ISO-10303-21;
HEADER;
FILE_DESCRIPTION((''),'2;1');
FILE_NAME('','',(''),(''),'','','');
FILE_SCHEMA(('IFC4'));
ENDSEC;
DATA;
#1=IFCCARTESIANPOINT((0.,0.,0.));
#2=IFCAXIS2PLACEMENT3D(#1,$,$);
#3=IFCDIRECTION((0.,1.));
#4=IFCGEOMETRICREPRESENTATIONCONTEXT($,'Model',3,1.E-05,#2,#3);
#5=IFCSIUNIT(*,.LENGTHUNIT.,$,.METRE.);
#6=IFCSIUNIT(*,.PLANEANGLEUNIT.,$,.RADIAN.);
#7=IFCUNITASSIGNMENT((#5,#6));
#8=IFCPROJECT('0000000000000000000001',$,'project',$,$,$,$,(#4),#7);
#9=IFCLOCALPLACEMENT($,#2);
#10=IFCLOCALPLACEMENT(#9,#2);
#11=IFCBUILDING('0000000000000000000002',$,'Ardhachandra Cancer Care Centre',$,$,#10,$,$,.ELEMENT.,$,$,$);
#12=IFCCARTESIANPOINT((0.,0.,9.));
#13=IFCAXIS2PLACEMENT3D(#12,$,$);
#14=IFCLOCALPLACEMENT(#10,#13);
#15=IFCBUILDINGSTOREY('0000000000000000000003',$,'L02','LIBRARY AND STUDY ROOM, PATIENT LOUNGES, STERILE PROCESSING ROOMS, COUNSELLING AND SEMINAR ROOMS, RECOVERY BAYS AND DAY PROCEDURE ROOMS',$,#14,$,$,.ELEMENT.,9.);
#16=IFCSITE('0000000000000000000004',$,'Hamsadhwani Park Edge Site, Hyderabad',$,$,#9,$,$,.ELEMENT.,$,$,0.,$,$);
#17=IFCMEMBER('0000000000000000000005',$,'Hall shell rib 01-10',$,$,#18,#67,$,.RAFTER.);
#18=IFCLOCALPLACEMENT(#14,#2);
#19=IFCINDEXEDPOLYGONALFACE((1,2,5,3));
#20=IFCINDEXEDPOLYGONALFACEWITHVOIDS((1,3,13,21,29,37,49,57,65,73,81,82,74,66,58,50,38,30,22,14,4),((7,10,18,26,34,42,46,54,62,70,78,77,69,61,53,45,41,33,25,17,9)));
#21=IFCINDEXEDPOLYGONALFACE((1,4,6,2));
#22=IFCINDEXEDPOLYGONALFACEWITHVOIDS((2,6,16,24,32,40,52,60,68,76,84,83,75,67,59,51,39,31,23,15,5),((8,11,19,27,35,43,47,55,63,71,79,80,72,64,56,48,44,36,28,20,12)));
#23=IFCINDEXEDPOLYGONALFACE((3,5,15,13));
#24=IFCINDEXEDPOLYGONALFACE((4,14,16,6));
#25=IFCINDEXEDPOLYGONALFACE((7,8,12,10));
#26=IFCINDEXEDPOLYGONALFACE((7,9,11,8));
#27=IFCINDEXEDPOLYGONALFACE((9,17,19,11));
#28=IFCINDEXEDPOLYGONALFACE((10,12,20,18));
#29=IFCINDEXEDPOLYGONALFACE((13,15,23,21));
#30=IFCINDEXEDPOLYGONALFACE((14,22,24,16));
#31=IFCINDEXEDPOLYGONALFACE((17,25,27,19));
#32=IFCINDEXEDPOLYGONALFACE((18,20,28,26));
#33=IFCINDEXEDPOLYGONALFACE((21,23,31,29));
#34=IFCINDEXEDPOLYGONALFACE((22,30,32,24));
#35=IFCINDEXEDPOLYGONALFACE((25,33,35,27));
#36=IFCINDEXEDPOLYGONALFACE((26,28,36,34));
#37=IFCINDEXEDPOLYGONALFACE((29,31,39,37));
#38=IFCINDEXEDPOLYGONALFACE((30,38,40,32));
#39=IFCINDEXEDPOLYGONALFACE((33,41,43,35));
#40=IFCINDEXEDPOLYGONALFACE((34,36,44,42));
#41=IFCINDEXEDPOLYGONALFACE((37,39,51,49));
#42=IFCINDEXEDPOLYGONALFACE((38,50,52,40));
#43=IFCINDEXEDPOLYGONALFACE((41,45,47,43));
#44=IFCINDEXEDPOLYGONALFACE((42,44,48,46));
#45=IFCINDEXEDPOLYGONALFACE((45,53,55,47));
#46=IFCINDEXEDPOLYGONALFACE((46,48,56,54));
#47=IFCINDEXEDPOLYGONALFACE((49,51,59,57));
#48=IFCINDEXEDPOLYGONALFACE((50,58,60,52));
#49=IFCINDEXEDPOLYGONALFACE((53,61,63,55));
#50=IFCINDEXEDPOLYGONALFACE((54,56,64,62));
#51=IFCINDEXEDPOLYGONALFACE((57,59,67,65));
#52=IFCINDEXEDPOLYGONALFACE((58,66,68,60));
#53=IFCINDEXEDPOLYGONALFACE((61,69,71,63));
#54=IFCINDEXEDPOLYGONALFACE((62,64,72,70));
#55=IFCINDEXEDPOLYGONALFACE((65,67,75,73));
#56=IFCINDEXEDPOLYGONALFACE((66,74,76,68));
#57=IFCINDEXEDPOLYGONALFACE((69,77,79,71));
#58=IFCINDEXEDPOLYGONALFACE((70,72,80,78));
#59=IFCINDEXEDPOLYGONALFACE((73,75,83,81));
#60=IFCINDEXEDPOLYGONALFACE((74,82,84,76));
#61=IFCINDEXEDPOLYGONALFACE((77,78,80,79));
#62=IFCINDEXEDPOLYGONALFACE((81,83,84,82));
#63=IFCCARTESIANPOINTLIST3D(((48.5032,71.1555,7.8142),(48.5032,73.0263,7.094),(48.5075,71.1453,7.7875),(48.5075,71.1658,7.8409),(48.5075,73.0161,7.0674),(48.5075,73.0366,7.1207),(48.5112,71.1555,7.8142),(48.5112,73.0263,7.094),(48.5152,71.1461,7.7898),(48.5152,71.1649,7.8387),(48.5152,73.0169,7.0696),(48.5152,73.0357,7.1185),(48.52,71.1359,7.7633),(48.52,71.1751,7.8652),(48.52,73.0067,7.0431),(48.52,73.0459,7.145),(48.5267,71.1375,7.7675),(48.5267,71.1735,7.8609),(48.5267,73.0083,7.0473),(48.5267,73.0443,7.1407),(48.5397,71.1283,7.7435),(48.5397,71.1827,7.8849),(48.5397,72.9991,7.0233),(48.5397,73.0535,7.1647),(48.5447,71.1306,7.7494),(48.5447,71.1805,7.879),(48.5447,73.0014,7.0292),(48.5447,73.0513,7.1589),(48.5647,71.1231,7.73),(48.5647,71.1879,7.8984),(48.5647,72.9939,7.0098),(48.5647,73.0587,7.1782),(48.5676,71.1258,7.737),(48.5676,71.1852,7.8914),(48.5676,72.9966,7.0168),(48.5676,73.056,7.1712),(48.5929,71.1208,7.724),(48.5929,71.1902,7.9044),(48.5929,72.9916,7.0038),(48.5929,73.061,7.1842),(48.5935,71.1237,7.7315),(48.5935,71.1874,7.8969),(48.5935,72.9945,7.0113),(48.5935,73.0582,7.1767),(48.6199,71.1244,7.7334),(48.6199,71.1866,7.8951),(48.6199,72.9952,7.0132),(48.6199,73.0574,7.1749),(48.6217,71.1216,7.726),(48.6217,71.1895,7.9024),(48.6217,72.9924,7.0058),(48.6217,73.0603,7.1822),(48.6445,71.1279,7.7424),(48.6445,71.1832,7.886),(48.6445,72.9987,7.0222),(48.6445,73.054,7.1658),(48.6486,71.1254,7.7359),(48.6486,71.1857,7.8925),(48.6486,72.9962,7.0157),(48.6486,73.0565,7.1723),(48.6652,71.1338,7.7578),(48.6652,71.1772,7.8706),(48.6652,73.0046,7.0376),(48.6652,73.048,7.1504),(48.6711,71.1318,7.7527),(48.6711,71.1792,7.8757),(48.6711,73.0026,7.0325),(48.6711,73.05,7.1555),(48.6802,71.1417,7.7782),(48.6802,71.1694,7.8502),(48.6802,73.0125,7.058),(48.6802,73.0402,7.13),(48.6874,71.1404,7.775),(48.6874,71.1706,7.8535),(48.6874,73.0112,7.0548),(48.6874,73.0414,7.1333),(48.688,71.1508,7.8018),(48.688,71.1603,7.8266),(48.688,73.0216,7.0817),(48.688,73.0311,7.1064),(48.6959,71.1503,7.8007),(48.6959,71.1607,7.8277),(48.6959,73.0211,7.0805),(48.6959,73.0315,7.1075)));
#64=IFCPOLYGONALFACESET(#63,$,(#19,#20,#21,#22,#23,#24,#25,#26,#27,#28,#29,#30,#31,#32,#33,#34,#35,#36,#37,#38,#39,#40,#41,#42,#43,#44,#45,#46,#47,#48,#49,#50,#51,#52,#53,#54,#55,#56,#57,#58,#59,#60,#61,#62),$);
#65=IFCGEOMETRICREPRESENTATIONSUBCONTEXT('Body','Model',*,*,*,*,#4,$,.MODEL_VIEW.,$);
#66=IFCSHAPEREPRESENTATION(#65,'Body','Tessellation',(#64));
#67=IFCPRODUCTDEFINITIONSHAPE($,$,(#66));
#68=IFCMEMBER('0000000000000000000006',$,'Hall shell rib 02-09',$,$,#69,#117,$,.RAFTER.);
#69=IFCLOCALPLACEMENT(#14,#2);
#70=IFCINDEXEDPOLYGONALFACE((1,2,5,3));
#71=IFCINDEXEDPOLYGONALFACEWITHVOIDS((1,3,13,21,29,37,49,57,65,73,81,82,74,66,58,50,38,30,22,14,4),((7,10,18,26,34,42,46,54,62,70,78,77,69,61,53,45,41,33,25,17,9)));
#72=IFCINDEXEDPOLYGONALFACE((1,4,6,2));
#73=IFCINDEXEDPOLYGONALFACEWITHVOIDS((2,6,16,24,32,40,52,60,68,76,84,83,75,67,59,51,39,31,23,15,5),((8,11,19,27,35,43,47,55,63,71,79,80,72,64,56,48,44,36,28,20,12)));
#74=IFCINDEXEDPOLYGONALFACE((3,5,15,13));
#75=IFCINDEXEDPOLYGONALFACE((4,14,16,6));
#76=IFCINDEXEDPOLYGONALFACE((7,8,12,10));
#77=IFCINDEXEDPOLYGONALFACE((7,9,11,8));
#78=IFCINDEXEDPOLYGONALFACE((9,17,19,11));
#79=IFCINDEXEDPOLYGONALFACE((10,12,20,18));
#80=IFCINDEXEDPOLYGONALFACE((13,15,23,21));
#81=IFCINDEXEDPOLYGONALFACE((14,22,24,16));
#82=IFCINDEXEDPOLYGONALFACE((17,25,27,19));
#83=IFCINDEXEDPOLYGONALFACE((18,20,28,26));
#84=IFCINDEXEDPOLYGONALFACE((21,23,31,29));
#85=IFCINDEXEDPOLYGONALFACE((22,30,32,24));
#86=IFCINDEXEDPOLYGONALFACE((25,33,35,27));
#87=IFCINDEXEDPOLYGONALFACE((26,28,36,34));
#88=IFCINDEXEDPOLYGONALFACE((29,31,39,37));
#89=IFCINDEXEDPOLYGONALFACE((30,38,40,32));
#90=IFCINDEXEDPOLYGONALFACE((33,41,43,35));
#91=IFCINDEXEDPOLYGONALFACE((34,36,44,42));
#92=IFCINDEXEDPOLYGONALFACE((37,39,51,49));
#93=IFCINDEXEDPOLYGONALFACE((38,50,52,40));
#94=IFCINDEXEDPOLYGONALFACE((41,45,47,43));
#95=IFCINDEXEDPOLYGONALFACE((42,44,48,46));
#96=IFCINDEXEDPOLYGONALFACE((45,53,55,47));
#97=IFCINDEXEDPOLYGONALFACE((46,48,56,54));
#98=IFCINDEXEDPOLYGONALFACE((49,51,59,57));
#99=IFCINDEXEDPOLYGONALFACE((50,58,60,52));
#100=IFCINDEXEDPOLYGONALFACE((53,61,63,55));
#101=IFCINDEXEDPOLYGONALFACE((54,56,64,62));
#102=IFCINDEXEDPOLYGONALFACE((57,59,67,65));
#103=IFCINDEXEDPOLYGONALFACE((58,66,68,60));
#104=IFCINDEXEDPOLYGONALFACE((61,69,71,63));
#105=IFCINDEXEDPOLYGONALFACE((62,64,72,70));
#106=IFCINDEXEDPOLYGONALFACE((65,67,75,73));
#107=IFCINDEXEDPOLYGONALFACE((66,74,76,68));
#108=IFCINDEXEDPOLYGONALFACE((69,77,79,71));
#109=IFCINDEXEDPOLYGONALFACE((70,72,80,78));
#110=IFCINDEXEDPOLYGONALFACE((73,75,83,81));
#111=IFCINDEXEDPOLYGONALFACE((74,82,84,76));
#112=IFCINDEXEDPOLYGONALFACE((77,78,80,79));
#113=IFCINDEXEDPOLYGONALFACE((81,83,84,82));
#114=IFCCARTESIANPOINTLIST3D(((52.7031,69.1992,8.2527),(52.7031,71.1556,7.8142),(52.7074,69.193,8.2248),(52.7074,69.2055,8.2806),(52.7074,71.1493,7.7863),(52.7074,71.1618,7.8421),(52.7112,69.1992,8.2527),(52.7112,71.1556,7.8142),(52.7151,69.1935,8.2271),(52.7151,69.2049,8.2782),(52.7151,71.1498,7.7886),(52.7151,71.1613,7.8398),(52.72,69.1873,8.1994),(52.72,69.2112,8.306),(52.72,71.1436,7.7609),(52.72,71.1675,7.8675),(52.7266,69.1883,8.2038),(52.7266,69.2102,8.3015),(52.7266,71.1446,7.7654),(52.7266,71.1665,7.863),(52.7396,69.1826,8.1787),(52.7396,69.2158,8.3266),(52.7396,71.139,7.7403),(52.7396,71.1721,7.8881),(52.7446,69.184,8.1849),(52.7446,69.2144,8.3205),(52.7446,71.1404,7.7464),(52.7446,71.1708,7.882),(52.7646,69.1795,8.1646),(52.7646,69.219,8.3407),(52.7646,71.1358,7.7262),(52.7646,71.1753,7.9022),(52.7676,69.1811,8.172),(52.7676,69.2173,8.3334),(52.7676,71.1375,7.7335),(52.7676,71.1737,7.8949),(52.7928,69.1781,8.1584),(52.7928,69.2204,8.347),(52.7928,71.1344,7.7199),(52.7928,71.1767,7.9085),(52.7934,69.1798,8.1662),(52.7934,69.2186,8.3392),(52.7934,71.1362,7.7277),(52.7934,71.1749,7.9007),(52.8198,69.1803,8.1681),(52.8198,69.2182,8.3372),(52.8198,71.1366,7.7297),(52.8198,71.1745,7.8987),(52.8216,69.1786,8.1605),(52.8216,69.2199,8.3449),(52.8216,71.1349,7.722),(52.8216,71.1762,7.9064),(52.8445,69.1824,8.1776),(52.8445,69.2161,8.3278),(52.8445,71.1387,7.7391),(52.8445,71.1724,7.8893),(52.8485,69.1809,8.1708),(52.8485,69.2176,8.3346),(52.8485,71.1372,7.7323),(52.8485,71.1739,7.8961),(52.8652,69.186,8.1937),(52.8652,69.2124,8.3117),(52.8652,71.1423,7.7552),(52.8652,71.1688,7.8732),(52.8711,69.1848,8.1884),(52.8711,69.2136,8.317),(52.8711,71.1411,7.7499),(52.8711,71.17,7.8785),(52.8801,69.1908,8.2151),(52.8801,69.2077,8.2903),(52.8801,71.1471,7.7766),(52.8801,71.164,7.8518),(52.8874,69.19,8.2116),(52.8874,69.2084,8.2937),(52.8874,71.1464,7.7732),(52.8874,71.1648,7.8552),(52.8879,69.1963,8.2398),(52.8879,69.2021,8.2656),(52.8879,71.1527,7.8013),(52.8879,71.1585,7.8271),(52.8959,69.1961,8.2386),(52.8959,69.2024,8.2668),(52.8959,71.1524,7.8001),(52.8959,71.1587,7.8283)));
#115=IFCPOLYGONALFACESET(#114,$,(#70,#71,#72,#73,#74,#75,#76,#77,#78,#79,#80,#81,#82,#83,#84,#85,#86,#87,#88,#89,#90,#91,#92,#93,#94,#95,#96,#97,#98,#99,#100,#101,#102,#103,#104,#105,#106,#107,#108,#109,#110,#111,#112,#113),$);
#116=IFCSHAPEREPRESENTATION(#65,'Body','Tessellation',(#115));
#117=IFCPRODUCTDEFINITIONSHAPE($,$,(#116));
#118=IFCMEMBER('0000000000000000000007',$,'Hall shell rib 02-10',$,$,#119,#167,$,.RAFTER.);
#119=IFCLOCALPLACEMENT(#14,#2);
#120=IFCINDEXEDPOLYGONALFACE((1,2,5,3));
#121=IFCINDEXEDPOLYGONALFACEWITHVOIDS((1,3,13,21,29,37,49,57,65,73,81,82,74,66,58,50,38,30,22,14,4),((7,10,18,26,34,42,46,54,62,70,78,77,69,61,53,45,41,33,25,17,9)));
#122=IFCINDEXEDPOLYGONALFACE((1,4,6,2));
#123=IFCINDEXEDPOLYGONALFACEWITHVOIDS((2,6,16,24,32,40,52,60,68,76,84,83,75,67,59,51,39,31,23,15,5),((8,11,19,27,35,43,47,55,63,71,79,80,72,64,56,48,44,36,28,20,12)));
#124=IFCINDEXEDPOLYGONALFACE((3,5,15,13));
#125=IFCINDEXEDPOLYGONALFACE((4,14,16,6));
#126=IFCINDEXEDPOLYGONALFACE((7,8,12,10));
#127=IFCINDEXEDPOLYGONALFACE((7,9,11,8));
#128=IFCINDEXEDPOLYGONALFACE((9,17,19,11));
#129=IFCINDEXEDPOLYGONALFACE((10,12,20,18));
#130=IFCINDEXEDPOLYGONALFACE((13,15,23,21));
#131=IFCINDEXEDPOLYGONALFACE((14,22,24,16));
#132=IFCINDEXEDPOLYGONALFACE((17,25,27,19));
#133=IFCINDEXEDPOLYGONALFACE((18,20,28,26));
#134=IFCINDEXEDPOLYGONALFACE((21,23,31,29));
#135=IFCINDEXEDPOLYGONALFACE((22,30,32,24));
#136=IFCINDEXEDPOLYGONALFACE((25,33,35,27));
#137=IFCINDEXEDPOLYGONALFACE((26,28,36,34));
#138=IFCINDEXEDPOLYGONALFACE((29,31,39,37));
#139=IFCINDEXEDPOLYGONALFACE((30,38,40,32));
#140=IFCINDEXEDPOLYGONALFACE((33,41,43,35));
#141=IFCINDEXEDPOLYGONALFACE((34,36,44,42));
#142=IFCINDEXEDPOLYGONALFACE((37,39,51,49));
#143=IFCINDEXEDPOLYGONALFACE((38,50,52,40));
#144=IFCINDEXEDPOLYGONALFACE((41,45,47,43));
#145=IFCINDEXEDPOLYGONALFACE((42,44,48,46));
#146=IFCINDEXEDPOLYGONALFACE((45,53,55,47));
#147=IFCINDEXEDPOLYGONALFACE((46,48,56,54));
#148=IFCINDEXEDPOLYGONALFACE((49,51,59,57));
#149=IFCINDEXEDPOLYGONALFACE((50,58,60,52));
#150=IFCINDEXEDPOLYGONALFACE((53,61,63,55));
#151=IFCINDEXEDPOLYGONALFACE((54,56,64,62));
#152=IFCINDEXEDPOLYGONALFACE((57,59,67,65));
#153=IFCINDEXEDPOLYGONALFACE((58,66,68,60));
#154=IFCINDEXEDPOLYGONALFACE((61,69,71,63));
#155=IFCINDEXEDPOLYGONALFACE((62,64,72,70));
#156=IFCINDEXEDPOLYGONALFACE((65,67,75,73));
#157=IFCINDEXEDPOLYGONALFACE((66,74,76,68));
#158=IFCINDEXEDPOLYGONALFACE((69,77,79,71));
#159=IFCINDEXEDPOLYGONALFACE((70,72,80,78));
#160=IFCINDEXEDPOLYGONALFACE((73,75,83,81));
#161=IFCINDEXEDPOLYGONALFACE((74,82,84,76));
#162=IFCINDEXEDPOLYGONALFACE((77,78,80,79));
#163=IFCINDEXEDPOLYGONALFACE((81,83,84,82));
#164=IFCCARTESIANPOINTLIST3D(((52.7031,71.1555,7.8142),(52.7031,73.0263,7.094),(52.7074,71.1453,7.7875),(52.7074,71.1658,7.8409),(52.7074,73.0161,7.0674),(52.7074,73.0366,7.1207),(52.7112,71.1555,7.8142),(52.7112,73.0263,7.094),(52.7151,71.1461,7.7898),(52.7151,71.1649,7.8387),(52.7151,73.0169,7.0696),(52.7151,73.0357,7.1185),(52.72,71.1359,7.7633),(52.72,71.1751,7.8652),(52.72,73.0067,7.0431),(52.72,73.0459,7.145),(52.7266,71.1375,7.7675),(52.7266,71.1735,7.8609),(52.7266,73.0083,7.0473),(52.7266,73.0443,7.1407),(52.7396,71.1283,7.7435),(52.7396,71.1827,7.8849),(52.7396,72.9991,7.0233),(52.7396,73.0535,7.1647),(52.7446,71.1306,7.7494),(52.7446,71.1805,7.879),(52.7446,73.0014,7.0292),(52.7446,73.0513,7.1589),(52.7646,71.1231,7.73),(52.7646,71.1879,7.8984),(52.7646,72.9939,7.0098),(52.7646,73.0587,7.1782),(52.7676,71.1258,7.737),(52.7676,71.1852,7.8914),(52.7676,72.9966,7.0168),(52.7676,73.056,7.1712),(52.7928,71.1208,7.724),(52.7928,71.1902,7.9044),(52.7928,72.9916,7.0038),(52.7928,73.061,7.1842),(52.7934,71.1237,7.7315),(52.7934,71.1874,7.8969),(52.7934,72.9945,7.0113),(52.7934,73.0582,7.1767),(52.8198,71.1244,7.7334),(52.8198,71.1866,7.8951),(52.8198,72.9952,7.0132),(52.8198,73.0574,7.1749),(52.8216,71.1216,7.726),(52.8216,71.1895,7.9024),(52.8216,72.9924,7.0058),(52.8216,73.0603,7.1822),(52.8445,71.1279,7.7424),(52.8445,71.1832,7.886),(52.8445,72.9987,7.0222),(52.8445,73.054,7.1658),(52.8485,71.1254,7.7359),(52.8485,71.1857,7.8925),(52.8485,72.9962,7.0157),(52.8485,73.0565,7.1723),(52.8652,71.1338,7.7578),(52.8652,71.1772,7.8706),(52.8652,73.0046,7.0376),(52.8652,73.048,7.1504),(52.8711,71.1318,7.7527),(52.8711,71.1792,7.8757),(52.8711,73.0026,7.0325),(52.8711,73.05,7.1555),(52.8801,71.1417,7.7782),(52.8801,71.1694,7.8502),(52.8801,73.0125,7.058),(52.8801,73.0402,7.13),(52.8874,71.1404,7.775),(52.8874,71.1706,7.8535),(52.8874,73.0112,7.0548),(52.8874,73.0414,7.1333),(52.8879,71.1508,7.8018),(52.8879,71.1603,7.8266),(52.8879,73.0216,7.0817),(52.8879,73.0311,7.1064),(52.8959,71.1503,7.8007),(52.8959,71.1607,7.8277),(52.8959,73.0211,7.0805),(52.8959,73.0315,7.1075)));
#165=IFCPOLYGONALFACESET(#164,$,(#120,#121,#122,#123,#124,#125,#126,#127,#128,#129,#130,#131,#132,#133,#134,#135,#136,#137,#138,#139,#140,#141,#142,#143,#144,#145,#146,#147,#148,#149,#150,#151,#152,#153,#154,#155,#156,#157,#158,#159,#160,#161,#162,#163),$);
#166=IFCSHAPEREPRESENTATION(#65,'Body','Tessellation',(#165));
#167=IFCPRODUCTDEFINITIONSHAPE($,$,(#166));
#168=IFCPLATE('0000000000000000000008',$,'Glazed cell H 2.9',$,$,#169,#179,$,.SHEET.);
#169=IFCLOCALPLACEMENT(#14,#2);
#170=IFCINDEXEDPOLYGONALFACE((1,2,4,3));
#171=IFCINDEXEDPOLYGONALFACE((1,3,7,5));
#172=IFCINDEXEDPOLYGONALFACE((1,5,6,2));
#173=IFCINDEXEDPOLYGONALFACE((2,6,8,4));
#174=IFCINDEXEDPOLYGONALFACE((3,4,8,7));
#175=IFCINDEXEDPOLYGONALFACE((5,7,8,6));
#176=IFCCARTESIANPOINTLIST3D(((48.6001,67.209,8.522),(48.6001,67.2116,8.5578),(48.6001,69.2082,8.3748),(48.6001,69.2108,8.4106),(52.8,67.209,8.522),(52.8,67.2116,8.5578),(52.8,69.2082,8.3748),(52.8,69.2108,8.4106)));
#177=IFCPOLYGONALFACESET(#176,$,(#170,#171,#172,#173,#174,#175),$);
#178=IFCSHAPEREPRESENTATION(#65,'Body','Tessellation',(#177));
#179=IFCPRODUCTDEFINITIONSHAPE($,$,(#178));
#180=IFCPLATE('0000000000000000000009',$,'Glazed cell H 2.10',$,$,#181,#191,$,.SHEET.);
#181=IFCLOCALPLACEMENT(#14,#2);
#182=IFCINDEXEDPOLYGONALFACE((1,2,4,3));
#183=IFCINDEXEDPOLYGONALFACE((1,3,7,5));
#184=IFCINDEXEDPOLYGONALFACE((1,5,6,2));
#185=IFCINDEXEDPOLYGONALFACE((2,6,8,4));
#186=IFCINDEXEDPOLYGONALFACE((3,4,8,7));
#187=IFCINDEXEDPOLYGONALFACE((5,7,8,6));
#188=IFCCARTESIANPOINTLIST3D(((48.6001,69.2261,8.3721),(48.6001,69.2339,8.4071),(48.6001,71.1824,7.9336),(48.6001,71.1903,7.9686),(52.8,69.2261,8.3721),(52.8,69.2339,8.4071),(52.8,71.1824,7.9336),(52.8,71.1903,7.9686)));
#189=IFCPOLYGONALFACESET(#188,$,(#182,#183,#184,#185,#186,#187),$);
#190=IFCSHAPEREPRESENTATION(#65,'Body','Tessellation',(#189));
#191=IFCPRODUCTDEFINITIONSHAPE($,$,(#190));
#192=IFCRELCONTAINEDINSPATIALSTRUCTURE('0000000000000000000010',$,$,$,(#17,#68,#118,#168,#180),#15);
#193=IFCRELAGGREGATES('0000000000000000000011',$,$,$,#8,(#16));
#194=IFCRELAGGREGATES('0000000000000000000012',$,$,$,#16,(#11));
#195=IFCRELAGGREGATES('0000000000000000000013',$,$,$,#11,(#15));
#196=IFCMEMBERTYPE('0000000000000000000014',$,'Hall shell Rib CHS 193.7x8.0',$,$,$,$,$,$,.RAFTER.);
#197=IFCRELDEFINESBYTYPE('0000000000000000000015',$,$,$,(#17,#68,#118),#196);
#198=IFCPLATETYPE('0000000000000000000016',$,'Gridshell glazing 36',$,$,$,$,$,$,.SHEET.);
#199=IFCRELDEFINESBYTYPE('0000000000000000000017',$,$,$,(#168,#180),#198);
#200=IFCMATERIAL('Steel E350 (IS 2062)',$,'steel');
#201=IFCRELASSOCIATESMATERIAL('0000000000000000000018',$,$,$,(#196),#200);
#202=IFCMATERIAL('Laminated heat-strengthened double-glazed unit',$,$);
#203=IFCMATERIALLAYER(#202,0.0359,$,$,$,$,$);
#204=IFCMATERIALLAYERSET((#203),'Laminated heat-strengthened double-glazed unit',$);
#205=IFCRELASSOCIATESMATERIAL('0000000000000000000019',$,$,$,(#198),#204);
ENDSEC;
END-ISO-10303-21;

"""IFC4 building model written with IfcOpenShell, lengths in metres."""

from ifc_helpers import new_model, si_unit, direction, frame, origin, origin_2d, place, context, subcontext, project, spatial, polyline, hollow_circle, outline, extrude, material, layer, layer_set, material_profile, profile_set, type_object, element, save


model = new_model("IFC4")

# Units and contexts
model_context = context("Model", 3, precision=1e-05, world=origin(), true_north=direction((0.0, 1.0)))
body_context = subcontext(model_context, "Body", "Model", "MODEL_VIEW")
ifc_project = project(units=[si_unit("LENGTHUNIT", "METRE"), si_unit("PLANEANGLEUNIT", "RADIAN")], contexts=[model_context])

# Site, building, storey
site_placement = place(None, origin())
site = spatial("IfcSite", under=ifc_project, at=site_placement, Name="Hamsadhwani Park Edge Site, Hyderabad", CompositionType="ELEMENT", RefElevation=0.0)
building_placement = place(site_placement, origin())
building = spatial("IfcBuilding", under=site, at=building_placement, Name="Ardhachandra Cancer Care Centre", CompositionType="ELEMENT")
storey_placement = place(building_placement, frame((0.0, 0.0, 9.0)))
storey = spatial("IfcBuildingStorey", under=building, at=storey_placement, Name="L02", Description="LIBRARY AND STUDY ROOM, PATIENT LOUNGES, STERILE PROCESSING ROOMS, COUNSELLING AND SEMINAR ROOMS, RECOVERY BAYS AND DAY PROCEDURE ROOMS", CompositionType="ELEMENT", Elevation=9.0)

# Members
ifc_material_1 = material(Name="Steel E350 (IS 2062)", Category="steel")
ifc_material_profile_1 = material_profile(ifc_material_1, hollow_circle(Radius=0.0969, WallThickness=0.0081, at=origin_2d()), Name="CHS 193.7x8.0")
ifc_profile_set_1 = profile_set([ifc_material_profile_1], Name="Steel E350 (IS 2062)")
member_type_1 = type_object("IfcMemberType", Name="Hall shell Rib CHS 193.7x8.0", PredefinedType="RAFTER", material=ifc_profile_set_1)
member_1_placement = place(storey_placement, frame((48.6001, 71.1555, 7.8142), z_axis=(0.0, 0.933236, -0.359265), x_axis=(-1.0, 0.0, 0.0)))
element("IfcMember", 1, at=member_1_placement, inside=storey, type_object=member_type_1, Name="Hall shell rib 01-10", PredefinedType="RAFTER", context=body_context, shape_type="SweptSolid", body=[
    extrude(hollow_circle(Radius=0.0969, WallThickness=0.0081, at=origin_2d()), origin(), (0.0, 0.0, 1.0), 2.0046),
])
member_2_placement = place(storey_placement, frame((52.8, 69.1992, 8.2527), z_axis=(0.0, 0.97579, -0.218709), x_axis=(-1.0, 0.0, 0.0)))
element("IfcMember", 2, at=member_2_placement, inside=storey, type_object=member_type_1, Name="Hall shell rib 02-09", PredefinedType="RAFTER", context=body_context, shape_type="SweptSolid", body=[
    extrude(hollow_circle(Radius=0.0969, WallThickness=0.0081, at=origin_2d()), origin(), (0.0, 0.0, 1.0), 2.0049),
])
member_3_placement = place(storey_placement, frame((52.8, 71.1555, 7.8142), z_axis=(0.0, 0.933236, -0.359265), x_axis=(-1.0, 0.0, 0.0)))
element("IfcMember", 3, at=member_3_placement, inside=storey, type_object=member_type_1, Name="Hall shell rib 02-10", PredefinedType="RAFTER", context=body_context, shape_type="SweptSolid", body=[
    extrude(hollow_circle(Radius=0.0969, WallThickness=0.0081, at=origin_2d()), origin(), (0.0, 0.0, 1.0), 2.0046),
])

# Plates
ifc_material_2 = material(Name="Laminated heat-strengthened double-glazed unit")
ifc_layer_1 = layer(ifc_material_2, 0.0359)
ifc_layer_set_1 = layer_set([ifc_layer_1], Name="Laminated heat-strengthened double-glazed unit")
plate_type_1 = type_object("IfcPlateType", Name="Gridshell glazing 36", PredefinedType="SHEET", material=ifc_layer_set_1)
plate_1_placement = place(storey_placement, frame((48.6001, 67.209, 8.522), z_axis=(0.0, 0.073437, 0.9973), x_axis=(1.0, 0.0, 0.0)))
element("IfcPlate", 4, at=plate_1_placement, inside=storey, type_object=plate_type_1, Name="Glazed cell H 2.9", PredefinedType="SHEET", context=body_context, shape_type="SweptSolid", body=[
    extrude(outline(polyline([(0.0, 0.0), (4.2, 0.0), (4.2, 2.0046), (0.0, 2.0046), (0.0, 0.0)])), origin(), (0.0, 0.0, 1.0), 0.0359),
])
plate_2_placement = place(storey_placement, frame((48.6001, 69.2261, 8.3721), z_axis=(0.0, 0.218709, 0.97579), x_axis=(1.0, 0.0, 0.0)))
element("IfcPlate", 5, at=plate_2_placement, inside=storey, type_object=plate_type_1, Name="Glazed cell H 2.10", PredefinedType="SHEET", context=body_context, shape_type="SweptSolid", body=[
    extrude(outline(polyline([(0.0, 0.0), (4.2, 0.0), (4.2, 2.0049), (0.0, 2.0049), (0.0, 0.0)])), origin(), (0.0, 0.0, 1.0), 0.0359),
])

save(model, "model.ifc")
